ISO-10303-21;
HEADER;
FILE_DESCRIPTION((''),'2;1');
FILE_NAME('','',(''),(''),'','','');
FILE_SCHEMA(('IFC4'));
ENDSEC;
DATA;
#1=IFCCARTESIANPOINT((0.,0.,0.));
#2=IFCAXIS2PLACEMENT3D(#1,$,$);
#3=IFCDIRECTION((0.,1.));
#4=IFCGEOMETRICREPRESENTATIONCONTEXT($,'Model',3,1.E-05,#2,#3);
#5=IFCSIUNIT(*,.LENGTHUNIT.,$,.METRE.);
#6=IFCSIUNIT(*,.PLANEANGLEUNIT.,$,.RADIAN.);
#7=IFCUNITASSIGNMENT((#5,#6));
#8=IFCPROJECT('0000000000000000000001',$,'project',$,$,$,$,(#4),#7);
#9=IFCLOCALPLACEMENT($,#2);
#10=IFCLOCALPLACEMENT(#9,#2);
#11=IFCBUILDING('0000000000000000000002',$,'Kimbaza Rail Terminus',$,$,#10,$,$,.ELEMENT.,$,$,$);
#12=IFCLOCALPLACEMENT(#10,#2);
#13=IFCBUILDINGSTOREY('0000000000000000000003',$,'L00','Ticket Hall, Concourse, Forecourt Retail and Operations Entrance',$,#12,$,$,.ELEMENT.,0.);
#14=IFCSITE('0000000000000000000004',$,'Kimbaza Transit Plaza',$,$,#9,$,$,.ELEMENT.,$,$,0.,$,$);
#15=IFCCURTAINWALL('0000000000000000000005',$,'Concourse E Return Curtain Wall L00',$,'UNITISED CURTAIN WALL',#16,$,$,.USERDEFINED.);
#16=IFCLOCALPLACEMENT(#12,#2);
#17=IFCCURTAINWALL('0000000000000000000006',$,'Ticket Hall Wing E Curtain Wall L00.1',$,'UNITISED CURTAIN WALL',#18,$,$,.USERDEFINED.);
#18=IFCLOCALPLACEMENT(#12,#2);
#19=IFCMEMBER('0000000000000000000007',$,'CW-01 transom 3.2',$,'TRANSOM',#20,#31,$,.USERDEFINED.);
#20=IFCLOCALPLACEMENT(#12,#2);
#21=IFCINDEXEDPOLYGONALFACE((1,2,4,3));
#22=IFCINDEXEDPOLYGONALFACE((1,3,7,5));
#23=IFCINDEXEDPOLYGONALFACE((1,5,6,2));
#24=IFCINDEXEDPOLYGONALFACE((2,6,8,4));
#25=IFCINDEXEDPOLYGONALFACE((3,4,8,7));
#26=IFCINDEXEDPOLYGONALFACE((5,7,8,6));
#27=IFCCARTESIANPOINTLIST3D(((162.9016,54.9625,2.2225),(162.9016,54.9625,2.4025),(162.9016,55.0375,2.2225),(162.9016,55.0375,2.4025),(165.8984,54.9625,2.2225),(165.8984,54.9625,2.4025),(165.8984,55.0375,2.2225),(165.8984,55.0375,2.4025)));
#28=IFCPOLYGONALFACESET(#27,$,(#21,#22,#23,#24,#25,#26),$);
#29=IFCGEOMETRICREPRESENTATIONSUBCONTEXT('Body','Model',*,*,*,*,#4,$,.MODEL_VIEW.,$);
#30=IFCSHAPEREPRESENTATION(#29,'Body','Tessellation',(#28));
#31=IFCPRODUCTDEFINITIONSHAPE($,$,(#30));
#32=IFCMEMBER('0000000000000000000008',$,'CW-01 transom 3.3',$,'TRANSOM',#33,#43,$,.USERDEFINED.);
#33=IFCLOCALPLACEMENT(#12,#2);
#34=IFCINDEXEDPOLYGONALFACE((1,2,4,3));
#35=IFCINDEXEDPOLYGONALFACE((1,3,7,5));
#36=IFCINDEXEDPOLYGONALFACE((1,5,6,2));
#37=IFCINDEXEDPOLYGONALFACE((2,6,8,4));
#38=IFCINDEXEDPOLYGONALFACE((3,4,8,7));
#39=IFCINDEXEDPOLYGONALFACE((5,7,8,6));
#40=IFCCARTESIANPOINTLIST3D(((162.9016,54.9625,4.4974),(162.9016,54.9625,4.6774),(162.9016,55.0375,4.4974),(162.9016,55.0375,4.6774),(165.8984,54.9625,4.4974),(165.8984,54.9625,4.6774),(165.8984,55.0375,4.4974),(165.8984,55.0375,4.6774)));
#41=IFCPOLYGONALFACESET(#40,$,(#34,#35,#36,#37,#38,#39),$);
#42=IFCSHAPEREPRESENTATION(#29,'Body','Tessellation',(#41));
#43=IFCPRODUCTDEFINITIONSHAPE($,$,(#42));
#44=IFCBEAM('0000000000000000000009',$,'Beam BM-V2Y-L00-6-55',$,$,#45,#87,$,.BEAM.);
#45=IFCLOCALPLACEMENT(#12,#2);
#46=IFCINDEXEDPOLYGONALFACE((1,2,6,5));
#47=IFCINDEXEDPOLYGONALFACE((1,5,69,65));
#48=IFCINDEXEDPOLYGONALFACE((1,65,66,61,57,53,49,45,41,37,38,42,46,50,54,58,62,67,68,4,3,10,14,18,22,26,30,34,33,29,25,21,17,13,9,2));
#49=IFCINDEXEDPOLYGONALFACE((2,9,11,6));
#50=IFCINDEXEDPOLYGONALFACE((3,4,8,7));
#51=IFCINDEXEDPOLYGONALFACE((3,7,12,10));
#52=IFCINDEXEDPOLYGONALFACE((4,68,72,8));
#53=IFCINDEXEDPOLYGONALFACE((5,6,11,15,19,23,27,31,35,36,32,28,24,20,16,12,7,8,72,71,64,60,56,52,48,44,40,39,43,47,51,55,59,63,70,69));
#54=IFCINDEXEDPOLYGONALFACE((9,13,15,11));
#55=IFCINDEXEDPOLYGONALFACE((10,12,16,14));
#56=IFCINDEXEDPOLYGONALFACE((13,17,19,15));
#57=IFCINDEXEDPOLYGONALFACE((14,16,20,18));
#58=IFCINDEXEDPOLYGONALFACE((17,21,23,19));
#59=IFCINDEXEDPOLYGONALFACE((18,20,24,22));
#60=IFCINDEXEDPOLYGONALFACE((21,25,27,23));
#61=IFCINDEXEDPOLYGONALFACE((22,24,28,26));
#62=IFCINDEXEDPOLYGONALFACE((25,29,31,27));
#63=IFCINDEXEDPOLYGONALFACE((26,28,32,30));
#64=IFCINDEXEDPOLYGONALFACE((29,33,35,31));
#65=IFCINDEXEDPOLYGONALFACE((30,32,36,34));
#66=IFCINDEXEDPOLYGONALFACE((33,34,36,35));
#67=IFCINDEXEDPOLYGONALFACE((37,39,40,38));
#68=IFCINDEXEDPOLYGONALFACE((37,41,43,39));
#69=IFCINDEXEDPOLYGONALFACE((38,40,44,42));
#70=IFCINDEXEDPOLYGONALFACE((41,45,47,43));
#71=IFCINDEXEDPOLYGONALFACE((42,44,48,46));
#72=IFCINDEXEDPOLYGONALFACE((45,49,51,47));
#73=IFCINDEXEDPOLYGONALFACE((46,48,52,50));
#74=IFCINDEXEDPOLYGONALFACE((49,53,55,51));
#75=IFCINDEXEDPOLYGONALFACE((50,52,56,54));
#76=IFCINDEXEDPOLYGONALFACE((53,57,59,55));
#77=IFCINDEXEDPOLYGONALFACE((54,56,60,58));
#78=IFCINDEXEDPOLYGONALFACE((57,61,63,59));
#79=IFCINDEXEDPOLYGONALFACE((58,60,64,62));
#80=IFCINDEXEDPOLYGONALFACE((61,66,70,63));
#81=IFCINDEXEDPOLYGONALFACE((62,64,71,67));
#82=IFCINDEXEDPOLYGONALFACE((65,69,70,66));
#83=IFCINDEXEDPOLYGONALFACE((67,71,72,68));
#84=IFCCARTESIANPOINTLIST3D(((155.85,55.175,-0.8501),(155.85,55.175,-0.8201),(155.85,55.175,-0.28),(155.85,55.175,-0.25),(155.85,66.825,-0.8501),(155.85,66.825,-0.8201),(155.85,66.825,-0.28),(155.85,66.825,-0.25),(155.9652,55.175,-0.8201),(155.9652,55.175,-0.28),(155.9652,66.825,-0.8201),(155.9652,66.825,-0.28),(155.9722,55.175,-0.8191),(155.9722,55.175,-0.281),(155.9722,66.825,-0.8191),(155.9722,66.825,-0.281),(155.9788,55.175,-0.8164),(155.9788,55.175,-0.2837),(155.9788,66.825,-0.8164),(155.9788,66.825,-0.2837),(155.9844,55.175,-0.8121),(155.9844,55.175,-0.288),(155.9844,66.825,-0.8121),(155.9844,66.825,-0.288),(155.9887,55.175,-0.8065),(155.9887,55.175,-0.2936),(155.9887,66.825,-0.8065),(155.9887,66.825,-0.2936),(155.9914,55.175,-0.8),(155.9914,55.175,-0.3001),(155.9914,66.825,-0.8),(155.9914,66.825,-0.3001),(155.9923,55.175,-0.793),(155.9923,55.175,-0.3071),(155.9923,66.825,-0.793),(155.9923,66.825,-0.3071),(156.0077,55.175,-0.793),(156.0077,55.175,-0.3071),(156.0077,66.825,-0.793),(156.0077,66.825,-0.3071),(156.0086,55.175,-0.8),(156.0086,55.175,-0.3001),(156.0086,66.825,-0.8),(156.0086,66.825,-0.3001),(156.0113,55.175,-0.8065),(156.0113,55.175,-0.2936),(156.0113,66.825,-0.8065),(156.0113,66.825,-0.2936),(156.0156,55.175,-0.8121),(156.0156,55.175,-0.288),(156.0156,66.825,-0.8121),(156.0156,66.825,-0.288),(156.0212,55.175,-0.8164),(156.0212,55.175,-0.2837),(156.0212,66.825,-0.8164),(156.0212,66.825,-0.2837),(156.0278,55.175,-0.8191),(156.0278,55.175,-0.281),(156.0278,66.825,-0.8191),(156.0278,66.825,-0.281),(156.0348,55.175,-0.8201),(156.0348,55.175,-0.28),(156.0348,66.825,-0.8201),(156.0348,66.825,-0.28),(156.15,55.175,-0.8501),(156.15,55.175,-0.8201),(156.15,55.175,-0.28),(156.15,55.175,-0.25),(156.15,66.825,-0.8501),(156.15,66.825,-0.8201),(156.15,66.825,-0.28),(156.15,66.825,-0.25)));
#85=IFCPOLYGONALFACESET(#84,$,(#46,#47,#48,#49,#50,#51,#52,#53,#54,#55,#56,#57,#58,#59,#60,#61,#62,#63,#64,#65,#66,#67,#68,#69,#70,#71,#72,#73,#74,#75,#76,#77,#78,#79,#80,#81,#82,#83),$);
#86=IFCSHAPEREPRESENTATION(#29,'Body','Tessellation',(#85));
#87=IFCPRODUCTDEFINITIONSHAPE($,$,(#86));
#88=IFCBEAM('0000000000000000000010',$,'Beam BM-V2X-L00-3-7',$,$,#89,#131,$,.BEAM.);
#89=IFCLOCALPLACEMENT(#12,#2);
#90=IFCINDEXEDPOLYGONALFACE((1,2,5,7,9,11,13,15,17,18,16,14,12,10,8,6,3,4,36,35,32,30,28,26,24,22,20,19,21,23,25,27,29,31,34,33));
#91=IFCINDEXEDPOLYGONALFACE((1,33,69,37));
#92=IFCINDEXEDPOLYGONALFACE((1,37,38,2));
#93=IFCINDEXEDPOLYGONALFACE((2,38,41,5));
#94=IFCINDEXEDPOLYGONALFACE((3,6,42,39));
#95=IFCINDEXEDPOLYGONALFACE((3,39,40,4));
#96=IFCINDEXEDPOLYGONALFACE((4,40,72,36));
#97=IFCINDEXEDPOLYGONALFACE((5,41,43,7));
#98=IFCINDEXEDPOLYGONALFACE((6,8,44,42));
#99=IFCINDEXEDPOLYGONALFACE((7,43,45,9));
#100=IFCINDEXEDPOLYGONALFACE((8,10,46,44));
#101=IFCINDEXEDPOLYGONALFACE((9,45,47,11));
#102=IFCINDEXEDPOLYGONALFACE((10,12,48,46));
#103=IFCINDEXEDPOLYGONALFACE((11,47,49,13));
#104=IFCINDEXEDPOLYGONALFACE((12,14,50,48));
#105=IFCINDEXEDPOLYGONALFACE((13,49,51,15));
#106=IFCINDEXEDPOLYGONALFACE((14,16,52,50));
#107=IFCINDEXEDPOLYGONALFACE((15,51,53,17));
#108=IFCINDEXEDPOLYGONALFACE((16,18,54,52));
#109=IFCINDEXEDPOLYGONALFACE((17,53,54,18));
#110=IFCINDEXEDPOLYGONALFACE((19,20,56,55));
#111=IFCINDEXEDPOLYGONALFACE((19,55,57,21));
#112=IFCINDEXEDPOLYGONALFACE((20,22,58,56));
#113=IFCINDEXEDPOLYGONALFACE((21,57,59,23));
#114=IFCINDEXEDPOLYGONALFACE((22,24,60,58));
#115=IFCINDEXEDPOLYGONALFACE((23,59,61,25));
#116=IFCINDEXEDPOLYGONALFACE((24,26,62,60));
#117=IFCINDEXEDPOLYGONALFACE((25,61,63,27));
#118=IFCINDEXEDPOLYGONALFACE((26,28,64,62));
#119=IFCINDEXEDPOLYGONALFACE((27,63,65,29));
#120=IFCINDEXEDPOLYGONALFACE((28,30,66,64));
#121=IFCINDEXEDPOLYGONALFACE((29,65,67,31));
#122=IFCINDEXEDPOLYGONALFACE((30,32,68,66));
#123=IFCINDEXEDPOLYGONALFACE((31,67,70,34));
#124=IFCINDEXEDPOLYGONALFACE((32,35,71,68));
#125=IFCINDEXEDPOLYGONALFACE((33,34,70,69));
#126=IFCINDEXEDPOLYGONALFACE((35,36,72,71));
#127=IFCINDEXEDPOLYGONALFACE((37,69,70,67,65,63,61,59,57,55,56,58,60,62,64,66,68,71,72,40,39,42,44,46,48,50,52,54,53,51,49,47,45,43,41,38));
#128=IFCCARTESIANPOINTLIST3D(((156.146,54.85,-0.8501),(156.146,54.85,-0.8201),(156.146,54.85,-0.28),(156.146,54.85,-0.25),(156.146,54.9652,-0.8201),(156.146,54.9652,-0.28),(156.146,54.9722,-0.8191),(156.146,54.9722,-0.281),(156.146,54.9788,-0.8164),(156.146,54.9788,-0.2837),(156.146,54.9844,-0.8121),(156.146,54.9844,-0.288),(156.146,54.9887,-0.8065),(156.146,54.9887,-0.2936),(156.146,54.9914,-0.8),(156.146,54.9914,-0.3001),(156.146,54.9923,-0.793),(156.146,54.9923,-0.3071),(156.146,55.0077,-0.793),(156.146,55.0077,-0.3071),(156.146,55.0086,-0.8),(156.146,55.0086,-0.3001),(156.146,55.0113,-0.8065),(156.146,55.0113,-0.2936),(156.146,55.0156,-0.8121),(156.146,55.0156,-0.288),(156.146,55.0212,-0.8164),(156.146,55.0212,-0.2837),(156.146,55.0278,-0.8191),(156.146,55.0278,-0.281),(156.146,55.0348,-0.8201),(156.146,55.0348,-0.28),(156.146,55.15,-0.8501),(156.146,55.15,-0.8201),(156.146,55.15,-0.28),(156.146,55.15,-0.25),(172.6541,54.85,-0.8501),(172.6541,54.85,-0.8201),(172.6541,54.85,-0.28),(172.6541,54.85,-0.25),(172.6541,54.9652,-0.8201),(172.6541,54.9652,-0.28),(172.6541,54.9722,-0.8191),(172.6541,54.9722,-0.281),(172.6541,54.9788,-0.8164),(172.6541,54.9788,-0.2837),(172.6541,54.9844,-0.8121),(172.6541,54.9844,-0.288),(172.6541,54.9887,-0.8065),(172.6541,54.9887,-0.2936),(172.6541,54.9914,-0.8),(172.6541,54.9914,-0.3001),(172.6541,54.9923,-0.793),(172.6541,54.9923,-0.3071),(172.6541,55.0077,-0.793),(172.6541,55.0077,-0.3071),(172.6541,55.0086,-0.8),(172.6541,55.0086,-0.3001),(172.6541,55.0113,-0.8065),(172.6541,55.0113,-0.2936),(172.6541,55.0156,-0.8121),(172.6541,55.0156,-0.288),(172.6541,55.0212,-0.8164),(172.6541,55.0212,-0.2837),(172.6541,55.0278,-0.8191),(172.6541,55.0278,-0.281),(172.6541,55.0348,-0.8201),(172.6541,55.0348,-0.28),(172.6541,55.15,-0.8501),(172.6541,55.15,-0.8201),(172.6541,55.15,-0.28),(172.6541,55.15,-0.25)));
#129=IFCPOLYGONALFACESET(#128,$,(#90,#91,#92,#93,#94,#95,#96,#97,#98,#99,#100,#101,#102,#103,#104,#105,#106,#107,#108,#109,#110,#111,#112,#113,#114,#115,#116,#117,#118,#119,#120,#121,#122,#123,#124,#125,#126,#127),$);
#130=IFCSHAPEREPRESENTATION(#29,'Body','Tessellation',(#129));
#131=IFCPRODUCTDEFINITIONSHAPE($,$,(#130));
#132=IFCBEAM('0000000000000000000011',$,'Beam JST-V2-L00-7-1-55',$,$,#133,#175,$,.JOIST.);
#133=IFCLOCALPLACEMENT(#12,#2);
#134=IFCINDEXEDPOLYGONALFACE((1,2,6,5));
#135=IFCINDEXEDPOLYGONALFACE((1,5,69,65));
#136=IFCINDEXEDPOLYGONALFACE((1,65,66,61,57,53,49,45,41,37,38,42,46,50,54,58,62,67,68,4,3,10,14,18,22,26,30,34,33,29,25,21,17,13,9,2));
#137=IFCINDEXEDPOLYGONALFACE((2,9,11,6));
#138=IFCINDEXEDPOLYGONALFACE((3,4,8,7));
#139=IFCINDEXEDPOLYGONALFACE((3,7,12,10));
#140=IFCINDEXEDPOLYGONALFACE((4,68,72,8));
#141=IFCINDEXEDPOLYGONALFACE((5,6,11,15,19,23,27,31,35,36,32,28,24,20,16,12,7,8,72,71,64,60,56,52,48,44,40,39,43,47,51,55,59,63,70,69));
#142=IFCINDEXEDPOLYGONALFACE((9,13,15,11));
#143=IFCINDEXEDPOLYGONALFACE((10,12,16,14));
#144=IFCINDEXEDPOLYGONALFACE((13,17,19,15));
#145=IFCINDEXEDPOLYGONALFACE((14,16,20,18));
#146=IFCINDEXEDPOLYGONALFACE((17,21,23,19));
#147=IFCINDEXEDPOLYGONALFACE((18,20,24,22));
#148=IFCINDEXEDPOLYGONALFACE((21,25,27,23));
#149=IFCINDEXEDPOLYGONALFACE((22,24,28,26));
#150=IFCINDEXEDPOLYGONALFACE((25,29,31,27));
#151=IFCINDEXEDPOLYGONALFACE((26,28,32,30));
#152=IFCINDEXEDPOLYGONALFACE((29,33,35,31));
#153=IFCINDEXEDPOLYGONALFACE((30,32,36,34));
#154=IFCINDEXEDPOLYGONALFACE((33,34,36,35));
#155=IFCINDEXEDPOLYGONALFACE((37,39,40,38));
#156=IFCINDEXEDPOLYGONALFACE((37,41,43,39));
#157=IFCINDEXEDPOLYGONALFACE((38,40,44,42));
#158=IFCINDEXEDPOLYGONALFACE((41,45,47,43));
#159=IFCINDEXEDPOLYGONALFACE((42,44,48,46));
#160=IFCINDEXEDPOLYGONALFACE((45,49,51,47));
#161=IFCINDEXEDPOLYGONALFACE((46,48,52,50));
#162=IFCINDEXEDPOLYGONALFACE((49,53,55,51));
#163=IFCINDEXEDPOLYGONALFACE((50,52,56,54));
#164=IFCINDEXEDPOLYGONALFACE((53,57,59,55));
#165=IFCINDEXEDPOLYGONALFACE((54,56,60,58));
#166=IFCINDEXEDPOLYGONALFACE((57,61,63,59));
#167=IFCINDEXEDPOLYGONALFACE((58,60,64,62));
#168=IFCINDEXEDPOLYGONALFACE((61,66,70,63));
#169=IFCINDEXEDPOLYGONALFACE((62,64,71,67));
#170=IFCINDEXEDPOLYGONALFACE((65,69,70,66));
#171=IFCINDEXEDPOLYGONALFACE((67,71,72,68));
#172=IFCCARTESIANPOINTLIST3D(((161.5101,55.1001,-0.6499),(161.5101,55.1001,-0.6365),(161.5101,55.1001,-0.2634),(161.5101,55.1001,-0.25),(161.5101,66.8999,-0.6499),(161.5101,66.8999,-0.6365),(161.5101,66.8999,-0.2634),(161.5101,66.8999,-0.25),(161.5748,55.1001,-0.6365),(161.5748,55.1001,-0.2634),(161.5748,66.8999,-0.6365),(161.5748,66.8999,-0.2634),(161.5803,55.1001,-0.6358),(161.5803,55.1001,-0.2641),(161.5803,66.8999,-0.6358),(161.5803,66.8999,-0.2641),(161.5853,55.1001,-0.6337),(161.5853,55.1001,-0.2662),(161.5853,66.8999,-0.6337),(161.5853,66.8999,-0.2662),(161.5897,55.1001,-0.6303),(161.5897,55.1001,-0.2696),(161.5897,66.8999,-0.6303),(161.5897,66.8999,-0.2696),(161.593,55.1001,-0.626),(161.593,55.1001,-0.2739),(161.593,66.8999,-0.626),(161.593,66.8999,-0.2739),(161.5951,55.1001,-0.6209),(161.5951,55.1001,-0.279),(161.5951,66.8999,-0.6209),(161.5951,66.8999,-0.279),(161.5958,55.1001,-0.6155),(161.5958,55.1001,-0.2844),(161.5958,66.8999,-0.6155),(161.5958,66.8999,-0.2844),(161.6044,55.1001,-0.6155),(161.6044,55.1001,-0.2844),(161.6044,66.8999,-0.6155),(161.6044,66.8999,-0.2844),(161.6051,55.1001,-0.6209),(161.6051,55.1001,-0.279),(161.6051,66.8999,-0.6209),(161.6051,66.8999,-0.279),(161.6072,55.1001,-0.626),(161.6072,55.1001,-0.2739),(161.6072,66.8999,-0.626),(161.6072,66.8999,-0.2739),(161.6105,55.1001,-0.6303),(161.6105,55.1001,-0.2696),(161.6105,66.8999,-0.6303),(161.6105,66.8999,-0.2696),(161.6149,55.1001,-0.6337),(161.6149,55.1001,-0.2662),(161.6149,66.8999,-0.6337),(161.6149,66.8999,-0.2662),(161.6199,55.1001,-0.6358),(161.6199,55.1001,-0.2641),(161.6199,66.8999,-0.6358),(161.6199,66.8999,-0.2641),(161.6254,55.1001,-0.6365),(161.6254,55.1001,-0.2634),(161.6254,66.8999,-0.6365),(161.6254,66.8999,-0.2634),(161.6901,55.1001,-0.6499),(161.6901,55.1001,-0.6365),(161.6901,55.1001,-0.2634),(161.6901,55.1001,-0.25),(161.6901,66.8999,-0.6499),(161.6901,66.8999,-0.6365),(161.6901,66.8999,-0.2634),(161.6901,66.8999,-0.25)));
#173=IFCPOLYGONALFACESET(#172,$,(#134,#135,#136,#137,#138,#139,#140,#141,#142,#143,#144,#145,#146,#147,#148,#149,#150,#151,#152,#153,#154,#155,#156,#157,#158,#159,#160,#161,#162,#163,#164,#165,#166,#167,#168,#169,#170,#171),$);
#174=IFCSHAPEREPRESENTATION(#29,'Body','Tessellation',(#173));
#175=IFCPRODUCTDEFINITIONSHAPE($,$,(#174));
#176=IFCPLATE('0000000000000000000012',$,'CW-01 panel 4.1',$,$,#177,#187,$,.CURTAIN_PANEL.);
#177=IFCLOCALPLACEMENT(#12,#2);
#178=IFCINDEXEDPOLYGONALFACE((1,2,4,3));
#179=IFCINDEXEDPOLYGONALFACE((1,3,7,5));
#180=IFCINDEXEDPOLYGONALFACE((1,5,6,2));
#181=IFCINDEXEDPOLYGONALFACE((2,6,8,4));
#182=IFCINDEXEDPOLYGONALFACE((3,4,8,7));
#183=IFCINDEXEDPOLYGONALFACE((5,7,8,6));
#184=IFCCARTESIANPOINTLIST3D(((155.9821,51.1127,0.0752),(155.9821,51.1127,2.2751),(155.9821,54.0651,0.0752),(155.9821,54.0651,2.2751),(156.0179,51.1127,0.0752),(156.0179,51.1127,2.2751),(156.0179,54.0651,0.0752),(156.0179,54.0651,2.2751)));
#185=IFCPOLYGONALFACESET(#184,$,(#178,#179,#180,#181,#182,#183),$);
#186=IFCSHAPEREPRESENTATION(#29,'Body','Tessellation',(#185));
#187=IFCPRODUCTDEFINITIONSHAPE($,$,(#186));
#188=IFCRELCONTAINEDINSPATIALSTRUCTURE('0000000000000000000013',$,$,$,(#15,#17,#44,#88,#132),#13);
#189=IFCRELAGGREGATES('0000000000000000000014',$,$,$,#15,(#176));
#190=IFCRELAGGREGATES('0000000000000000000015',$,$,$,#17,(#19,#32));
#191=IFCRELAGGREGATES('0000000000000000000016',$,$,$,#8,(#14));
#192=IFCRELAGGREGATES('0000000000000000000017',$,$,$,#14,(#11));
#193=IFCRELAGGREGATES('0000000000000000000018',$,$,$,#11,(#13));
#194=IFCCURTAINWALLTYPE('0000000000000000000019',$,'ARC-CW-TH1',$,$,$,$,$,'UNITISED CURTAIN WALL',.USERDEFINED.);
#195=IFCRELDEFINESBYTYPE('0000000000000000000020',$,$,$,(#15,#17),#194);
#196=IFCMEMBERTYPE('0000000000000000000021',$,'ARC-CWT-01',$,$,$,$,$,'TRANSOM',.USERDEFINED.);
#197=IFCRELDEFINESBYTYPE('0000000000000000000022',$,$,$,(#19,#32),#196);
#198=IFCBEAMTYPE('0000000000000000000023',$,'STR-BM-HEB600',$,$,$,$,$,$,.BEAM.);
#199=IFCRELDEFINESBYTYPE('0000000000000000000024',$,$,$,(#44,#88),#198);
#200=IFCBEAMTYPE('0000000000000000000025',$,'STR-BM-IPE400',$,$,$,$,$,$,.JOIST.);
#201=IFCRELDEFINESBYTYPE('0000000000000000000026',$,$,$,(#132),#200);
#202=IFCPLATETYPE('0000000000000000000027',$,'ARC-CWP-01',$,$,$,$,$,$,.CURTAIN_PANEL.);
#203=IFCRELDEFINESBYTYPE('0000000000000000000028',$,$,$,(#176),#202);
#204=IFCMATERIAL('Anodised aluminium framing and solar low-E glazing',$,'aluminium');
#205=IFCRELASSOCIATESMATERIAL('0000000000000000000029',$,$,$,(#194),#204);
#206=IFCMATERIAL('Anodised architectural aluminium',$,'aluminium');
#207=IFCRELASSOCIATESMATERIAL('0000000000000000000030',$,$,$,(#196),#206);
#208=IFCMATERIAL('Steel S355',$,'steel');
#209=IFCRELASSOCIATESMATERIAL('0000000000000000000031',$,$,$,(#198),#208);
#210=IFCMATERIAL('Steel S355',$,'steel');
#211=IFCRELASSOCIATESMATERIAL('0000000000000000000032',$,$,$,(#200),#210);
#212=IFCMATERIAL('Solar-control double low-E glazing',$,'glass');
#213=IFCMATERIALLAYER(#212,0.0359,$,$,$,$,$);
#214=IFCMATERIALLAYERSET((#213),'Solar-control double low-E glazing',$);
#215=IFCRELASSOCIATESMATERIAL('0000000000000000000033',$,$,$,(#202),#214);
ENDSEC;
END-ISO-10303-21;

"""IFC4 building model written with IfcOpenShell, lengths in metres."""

from ifc_helpers import new_model, si_unit, direction, frame, origin, origin_2d, place, context, subcontext, project, spatial, rectangle, i_section, extrude, material, layer, layer_set, material_profile, profile_set, type_object, element, aggregate, save


model = new_model("IFC4")

# Units and contexts
model_context = context("Model", 3, precision=1e-05, world=origin(), true_north=direction((0.0, 1.0)))
body_context = subcontext(model_context, "Body", "Model", "MODEL_VIEW")
ifc_project = project(units=[si_unit("LENGTHUNIT", "METRE"), si_unit("PLANEANGLEUNIT", "RADIAN")], contexts=[model_context])

# Site, building, storey
site_placement = place(None, origin())
site = spatial("IfcSite", under=ifc_project, at=site_placement, Name="Kimbaza Transit Plaza", CompositionType="ELEMENT", RefElevation=0.0)
building_placement = place(site_placement, origin())
building = spatial("IfcBuilding", under=site, at=building_placement, Name="Kimbaza Rail Terminus", CompositionType="ELEMENT")
storey_placement = place(building_placement, origin())
storey = spatial("IfcBuildingStorey", under=building, at=storey_placement, Name="L00", Description="Ticket Hall, Concourse, Forecourt Retail and Operations Entrance", CompositionType="ELEMENT", Elevation=0.0)

# Curtain wall
ifc_material_1 = material(Name="Anodised aluminium framing and solar low-E glazing", Category="aluminium")
curtain_wall_type = type_object("IfcCurtainWallType", Name="ARC-CW-TH1", ElementType="UNITISED CURTAIN WALL", PredefinedType="USERDEFINED", material=ifc_material_1)
curtain_wall_1_placement = place(storey_placement, origin())
curtain_wall_1 = element("IfcCurtainWall", 1, at=curtain_wall_1_placement, inside=storey, type_object=curtain_wall_type, Name="Concourse E Return Curtain Wall L00", ObjectType="UNITISED CURTAIN WALL", PredefinedType="USERDEFINED")

# Curtain wall, members
curtain_wall_2_placement = place(storey_placement, origin())
curtain_wall_2 = element("IfcCurtainWall", 2, at=curtain_wall_2_placement, inside=storey, type_object=curtain_wall_type, Name="Ticket Hall Wing E Curtain Wall L00.1", ObjectType="UNITISED CURTAIN WALL", PredefinedType="USERDEFINED")
ifc_material_2 = material(Name="Anodised architectural aluminium", Category="aluminium")
ifc_material_profile_1 = material_profile(ifc_material_2, rectangle(XDim=0.075, YDim=0.1799, at=origin_2d()), Name="TRANSOM 75x180")
ifc_profile_set_1 = profile_set([ifc_material_profile_1], Name="Anodised architectural aluminium")
member_type_1 = type_object("IfcMemberType", Name="ARC-CWT-01", ElementType="TRANSOM", PredefinedType="USERDEFINED", material=ifc_profile_set_1)
member_1_placement = place(storey_placement, frame((162.9016, 55.0, 2.3125), z_axis=(1.0, 0.0, 0.0), x_axis=(0.0, 1.0, 0.0)))
member_1 = element("IfcMember", 3, at=member_1_placement, type_object=member_type_1, Name="CW-01 transom 3.2", ObjectType="TRANSOM", PredefinedType="USERDEFINED", context=body_context, shape_type="SweptSolid", body=[
    extrude(rectangle(XDim=0.075, YDim=0.1799, at=origin_2d()), origin(), (0.0, 0.0, 1.0), 2.9968),
])
member_2_placement = place(storey_placement, frame((162.9016, 55.0, 4.5874), z_axis=(1.0, 0.0, 0.0), x_axis=(0.0, 1.0, 0.0)))
member_2 = element("IfcMember", 4, at=member_2_placement, type_object=member_type_1, Name="CW-01 transom 3.3", ObjectType="TRANSOM", PredefinedType="USERDEFINED", context=body_context, shape_type="SweptSolid", body=[
    extrude(rectangle(XDim=0.075, YDim=0.1799, at=origin_2d()), origin(), (0.0, 0.0, 1.0), 2.9968),
])

# Beams
ifc_material_3 = material(Name="Steel S355", Category="steel")
ifc_material_profile_2 = material_profile(ifc_material_3, i_section(OverallWidth=0.3, OverallDepth=0.6001, WebThickness=0.0154, FlangeThickness=0.03, FilletRadius=0.0271, at=origin_2d()), Name="HEB 600")
ifc_profile_set_2 = profile_set([ifc_material_profile_2], Name="Steel S355")
beam_type_1 = type_object("IfcBeamType", Name="STR-BM-HEB600", PredefinedType="BEAM", material=ifc_profile_set_2)
beam_1_placement = place(storey_placement, frame((156.0, 55.175, -0.55), z_axis=(0.0, 1.0, 0.0), x_axis=(-1.0, 0.0, 0.0)))
element("IfcBeam", 5, at=beam_1_placement, inside=storey, type_object=beam_type_1, Name="Beam BM-V2Y-L00-6-55", PredefinedType="BEAM", context=body_context, shape_type="SweptSolid", body=[
    extrude(i_section(OverallWidth=0.3, OverallDepth=0.6001, WebThickness=0.0154, FlangeThickness=0.03, FilletRadius=0.0271, at=origin_2d()), origin(), (0.0, 0.0, 1.0), 11.6499),
])
beam_2_placement = place(storey_placement, frame((156.146, 55.0, -0.55), z_axis=(1.0, 0.0, 0.0), x_axis=(0.0, 1.0, 0.0)))
element("IfcBeam", 6, at=beam_2_placement, inside=storey, type_object=beam_type_1, Name="Beam BM-V2X-L00-3-7", PredefinedType="BEAM", context=body_context, shape_type="SweptSolid", body=[
    extrude(i_section(OverallWidth=0.3, OverallDepth=0.6001, WebThickness=0.0154, FlangeThickness=0.03, FilletRadius=0.0271, at=origin_2d()), origin(), (0.0, 0.0, 1.0), 16.5081),
])
ifc_material_4 = material(Name="Steel S355", Category="steel")
ifc_material_profile_3 = material_profile(ifc_material_4, i_section(OverallWidth=0.1799, OverallDepth=0.3999, WebThickness=0.0085, FlangeThickness=0.0134, FilletRadius=0.021, at=origin_2d()), Name="IPE 400")
ifc_profile_set_3 = profile_set([ifc_material_profile_3], Name="Steel S355")
beam_type_2 = type_object("IfcBeamType", Name="STR-BM-IPE400", PredefinedType="JOIST", material=ifc_profile_set_3)
beam_3_placement = place(storey_placement, frame((161.6001, 55.1001, -0.45), z_axis=(0.0, 1.0, 0.0), x_axis=(-1.0, 0.0, 0.0)))
element("IfcBeam", 7, at=beam_3_placement, inside=storey, type_object=beam_type_2, Name="Beam JST-V2-L00-7-1-55", PredefinedType="JOIST", context=body_context, shape_type="SweptSolid", body=[
    extrude(i_section(OverallWidth=0.1799, OverallDepth=0.3999, WebThickness=0.0085, FlangeThickness=0.0134, FilletRadius=0.021, at=origin_2d()), origin(), (0.0, 0.0, 1.0), 11.7998),
])

# Plate
ifc_material_5 = material(Name="Solar-control double low-E glazing", Category="glass")
ifc_layer_1 = layer(ifc_material_5, 0.0359)
ifc_layer_set_1 = layer_set([ifc_layer_1], Name="Solar-control double low-E glazing")
plate_type = type_object("IfcPlateType", Name="ARC-CWP-01", PredefinedType="CURTAIN_PANEL", material=ifc_layer_set_1)
plate_1_placement = place(storey_placement, frame((156.0, 52.5889, 0.0752), z_axis=(0.0, 0.0, 1.0), x_axis=(0.0, 1.0, 0.0)))
plate_1 = element("IfcPlate", 8, at=plate_1_placement, type_object=plate_type, Name="CW-01 panel 4.1", PredefinedType="CURTAIN_PANEL", context=body_context, shape_type="SweptSolid", body=[
    extrude(rectangle(XDim=2.9524, YDim=0.0359, at=origin_2d()), origin(), (0.0, 0.0, 1.0), 2.2),
])
aggregate(curtain_wall_1, [plate_1])
aggregate(curtain_wall_2, [member_1, member_2])

save(model, "model.ifc")
